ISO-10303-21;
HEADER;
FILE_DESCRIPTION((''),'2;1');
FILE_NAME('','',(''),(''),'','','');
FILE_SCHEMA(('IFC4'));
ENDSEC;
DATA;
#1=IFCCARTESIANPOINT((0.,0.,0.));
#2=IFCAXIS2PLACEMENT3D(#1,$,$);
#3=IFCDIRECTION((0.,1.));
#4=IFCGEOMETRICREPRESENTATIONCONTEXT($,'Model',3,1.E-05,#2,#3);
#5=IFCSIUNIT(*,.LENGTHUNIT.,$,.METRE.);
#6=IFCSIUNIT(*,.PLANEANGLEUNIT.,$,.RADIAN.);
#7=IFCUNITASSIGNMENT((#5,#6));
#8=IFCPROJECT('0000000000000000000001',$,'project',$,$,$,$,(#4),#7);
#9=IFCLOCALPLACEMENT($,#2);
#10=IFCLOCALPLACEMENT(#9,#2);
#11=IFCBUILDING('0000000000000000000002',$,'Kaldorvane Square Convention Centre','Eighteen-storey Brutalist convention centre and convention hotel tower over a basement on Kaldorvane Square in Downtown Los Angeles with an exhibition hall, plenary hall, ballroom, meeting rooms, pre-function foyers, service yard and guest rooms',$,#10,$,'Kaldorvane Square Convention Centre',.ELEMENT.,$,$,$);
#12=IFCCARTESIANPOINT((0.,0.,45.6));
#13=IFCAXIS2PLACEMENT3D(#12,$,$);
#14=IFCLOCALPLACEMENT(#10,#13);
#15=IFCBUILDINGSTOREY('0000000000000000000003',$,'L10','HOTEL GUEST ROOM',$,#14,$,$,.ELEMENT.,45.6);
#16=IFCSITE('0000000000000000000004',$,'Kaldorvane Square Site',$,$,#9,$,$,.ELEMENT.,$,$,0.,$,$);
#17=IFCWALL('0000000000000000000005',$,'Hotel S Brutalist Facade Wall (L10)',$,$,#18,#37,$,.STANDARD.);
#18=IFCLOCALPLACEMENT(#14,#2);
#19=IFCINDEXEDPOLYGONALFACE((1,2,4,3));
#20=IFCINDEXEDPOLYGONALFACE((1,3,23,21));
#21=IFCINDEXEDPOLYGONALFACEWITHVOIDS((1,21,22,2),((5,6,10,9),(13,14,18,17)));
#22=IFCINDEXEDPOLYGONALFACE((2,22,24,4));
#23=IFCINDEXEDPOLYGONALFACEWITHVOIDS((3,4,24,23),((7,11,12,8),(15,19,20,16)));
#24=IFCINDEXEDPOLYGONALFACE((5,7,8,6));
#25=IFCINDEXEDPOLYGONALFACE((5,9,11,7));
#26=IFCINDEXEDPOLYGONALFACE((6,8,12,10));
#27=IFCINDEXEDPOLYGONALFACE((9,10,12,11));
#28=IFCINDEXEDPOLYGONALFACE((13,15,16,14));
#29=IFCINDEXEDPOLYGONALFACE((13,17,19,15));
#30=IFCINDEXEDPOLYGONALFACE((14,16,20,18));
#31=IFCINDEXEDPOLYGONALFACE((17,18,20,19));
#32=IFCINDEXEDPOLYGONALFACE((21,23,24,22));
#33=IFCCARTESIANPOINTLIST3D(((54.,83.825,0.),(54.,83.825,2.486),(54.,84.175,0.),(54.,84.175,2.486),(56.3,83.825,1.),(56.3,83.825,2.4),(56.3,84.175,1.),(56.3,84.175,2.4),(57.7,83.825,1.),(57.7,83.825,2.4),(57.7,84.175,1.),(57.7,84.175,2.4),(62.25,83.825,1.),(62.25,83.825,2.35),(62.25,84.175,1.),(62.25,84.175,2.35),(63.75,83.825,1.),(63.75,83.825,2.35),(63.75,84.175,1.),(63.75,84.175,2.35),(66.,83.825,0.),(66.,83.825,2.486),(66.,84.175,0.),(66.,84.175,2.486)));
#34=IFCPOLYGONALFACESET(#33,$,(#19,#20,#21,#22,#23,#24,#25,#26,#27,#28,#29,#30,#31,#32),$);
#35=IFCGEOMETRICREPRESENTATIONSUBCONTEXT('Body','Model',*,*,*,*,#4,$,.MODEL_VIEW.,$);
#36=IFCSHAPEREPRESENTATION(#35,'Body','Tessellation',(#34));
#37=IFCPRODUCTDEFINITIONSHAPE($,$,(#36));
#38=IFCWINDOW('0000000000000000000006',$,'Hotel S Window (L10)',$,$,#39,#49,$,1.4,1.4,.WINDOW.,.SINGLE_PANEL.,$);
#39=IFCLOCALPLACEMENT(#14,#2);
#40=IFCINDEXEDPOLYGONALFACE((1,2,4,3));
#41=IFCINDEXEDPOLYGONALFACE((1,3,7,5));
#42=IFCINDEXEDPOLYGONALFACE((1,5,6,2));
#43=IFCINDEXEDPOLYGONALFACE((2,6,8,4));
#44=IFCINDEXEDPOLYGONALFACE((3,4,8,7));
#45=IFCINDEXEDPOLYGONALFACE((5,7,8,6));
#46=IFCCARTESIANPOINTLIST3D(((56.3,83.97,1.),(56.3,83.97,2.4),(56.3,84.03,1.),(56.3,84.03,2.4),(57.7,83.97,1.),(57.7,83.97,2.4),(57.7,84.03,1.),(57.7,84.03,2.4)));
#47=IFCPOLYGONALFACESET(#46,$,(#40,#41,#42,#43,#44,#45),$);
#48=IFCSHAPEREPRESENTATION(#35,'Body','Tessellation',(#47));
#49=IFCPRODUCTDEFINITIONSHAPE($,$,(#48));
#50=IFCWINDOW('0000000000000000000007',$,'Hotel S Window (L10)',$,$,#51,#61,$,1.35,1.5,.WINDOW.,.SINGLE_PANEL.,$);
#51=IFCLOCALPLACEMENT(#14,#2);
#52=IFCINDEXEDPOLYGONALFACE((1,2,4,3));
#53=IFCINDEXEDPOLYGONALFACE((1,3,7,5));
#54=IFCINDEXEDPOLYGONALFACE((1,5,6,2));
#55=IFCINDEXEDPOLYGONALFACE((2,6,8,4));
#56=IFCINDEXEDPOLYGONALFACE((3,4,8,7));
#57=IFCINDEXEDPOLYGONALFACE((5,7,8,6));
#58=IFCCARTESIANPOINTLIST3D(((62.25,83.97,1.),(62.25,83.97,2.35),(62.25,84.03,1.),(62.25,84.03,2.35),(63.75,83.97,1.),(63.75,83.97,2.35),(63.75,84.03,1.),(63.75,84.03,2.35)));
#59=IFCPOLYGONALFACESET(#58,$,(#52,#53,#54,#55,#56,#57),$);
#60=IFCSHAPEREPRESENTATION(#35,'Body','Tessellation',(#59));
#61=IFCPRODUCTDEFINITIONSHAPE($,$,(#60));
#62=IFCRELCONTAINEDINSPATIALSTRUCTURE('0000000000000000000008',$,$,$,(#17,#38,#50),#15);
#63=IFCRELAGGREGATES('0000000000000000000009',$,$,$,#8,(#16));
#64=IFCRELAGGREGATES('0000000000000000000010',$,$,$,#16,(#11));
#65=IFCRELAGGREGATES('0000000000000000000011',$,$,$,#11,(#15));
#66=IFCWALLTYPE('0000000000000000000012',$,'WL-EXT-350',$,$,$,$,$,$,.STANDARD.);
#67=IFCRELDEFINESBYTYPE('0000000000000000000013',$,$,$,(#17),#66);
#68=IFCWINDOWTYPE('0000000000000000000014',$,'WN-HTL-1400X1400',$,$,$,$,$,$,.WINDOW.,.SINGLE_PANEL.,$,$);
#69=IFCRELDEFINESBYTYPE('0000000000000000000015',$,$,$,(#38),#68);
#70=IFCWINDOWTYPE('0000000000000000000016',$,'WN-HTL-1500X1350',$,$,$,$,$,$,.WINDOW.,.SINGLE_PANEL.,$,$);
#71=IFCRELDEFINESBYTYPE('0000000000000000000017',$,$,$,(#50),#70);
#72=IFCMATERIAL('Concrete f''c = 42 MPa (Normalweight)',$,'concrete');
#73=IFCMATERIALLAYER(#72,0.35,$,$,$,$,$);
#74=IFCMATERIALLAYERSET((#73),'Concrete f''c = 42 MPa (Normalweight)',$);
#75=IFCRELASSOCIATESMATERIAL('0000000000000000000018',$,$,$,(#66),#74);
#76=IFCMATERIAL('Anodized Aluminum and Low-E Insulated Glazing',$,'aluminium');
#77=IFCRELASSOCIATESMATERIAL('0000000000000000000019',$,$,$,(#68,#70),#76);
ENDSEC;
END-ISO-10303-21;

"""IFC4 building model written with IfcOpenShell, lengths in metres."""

from ifc_helpers import new_model, si_unit, direction, frame, frame_2d, origin, place, context, subcontext, project, spatial, rectangle, extrude, material, layer, layer_set, type_object, element, fill, save


model = new_model("IFC4")

# Units and contexts
model_context = context("Model", 3, precision=1e-05, world=origin(), true_north=direction((0.0, 1.0)))
body_context = subcontext(model_context, "Body", "Model", "MODEL_VIEW")
ifc_project = project(units=[si_unit("LENGTHUNIT", "METRE"), si_unit("PLANEANGLEUNIT", "RADIAN")], contexts=[model_context])

# Site, building, storey
site_placement = place(None, origin())
site = spatial("IfcSite", under=ifc_project, at=site_placement, Name="Kaldorvane Square Site", CompositionType="ELEMENT", RefElevation=0.0)
building_placement = place(site_placement, origin())
building = spatial("IfcBuilding", under=site, at=building_placement, Name="Kaldorvane Square Convention Centre", Description="Eighteen-storey Brutalist convention centre and convention hotel tower over a basement on Kaldorvane Square in Downtown Los Angeles with an exhibition hall, plenary hall, ballroom, meeting rooms, pre-function foyers, service yard and guest rooms", LongName="Kaldorvane Square Convention Centre", CompositionType="ELEMENT")
storey_placement = place(building_placement, frame((0.0, 0.0, 45.6)))
storey = spatial("IfcBuildingStorey", under=building, at=storey_placement, Name="L10", Description="HOTEL GUEST ROOM", CompositionType="ELEMENT", Elevation=45.6)

# Shared definitions
ifc_material_1 = material(Name="Concrete f'c = 42 MPa (Normalweight)", Category="concrete")

# Shared definitions
ifc_layer = layer(ifc_material_1, 0.35)
ifc_layer_set = layer_set([ifc_layer], Name="Concrete f'c = 42 MPa (Normalweight)")
wall_type = type_object("IfcWallType", Name="WL-EXT-350", PredefinedType="STANDARD", material=ifc_layer_set)
ifc_material_2 = material(Name="Anodized Aluminum and Low-E Insulated Glazing", Category="aluminium")

# Wall, openings, windows
wall_1_placement = place(storey_placement, frame((54.0, 84.0, 0.0), z_axis=(0.0, 0.0, 1.0), x_axis=(1.0, 0.0, 0.0)))
wall_1 = element("IfcWall", 1, at=wall_1_placement, inside=storey, type_object=wall_type, Name="Hotel S Brutalist Facade Wall (L10)", PredefinedType="STANDARD", context=body_context, shape_type="SweptSolid", body=[
    extrude(rectangle(XDim=12.0, YDim=0.35, at=frame_2d((6.0, 0.0))), origin(), (0.0, 0.0, 1.0), 2.486),
])
opening_1_placement = place(wall_1_placement, frame((2.3, 0.0, 1.0)))
opening_1 = element("IfcOpeningElement", 2, at=opening_1_placement, cuts=wall_1, PredefinedType="OPENING", context=body_context, shape_type="SweptSolid", body=[
    extrude(rectangle(XDim=1.4, YDim=1.4, at=frame_2d((0.7, 0.7))), frame((0.0, 0.19, 0.0), z_axis=(0.0, -1.0, 0.0), x_axis=(1.0, 0.0, 0.0)), (0.0, 0.0, 1.0), 0.38),
])
opening_2_placement = place(wall_1_placement, frame((8.25, 0.0, 1.0)))
opening_2 = element("IfcOpeningElement", 3, at=opening_2_placement, cuts=wall_1, PredefinedType="OPENING", context=body_context, shape_type="SweptSolid", body=[
    extrude(rectangle(XDim=1.5, YDim=1.35, at=frame_2d((0.75, 0.675))), frame((0.0, 0.19, 0.0), z_axis=(0.0, -1.0, 0.0), x_axis=(1.0, 0.0, 0.0)), (0.0, 0.0, 1.0), 0.38),
])
window_type_1 = type_object("IfcWindowType", Name="WN-HTL-1400X1400", PartitioningType="SINGLE_PANEL", PredefinedType="WINDOW", material=ifc_material_2)
window_1_placement = place(opening_1_placement, origin())
window_1 = element("IfcWindow", 4, at=window_1_placement, inside=storey, type_object=window_type_1, Name="Hotel S Window (L10)", OverallHeight=1.4, OverallWidth=1.4, PartitioningType="SINGLE_PANEL", PredefinedType="WINDOW", context=body_context, shape_type="SweptSolid", body=[
    extrude(rectangle(XDim=1.4, YDim=1.4, at=frame_2d((0.7, 0.7))), frame((0.0, 0.03, 0.0), z_axis=(0.0, -1.0, 0.0), x_axis=(1.0, 0.0, 0.0)), (0.0, 0.0, 1.0), 0.06),
])
fill(opening_1, window_1)
window_type_2 = type_object("IfcWindowType", Name="WN-HTL-1500X1350", PartitioningType="SINGLE_PANEL", PredefinedType="WINDOW", material=ifc_material_2)
window_2_placement = place(opening_2_placement, origin())
window_2 = element("IfcWindow", 5, at=window_2_placement, inside=storey, type_object=window_type_2, Name="Hotel S Window (L10)", OverallHeight=1.35, OverallWidth=1.5, PartitioningType="SINGLE_PANEL", PredefinedType="WINDOW", context=body_context, shape_type="SweptSolid", body=[
    extrude(rectangle(XDim=1.5, YDim=1.35, at=frame_2d((0.75, 0.675))), frame((0.0, 0.03, 0.0), z_axis=(0.0, -1.0, 0.0), x_axis=(1.0, 0.0, 0.0)), (0.0, 0.0, 1.0), 0.06),
])
fill(opening_2, window_2)

save(model, "model.ifc")
